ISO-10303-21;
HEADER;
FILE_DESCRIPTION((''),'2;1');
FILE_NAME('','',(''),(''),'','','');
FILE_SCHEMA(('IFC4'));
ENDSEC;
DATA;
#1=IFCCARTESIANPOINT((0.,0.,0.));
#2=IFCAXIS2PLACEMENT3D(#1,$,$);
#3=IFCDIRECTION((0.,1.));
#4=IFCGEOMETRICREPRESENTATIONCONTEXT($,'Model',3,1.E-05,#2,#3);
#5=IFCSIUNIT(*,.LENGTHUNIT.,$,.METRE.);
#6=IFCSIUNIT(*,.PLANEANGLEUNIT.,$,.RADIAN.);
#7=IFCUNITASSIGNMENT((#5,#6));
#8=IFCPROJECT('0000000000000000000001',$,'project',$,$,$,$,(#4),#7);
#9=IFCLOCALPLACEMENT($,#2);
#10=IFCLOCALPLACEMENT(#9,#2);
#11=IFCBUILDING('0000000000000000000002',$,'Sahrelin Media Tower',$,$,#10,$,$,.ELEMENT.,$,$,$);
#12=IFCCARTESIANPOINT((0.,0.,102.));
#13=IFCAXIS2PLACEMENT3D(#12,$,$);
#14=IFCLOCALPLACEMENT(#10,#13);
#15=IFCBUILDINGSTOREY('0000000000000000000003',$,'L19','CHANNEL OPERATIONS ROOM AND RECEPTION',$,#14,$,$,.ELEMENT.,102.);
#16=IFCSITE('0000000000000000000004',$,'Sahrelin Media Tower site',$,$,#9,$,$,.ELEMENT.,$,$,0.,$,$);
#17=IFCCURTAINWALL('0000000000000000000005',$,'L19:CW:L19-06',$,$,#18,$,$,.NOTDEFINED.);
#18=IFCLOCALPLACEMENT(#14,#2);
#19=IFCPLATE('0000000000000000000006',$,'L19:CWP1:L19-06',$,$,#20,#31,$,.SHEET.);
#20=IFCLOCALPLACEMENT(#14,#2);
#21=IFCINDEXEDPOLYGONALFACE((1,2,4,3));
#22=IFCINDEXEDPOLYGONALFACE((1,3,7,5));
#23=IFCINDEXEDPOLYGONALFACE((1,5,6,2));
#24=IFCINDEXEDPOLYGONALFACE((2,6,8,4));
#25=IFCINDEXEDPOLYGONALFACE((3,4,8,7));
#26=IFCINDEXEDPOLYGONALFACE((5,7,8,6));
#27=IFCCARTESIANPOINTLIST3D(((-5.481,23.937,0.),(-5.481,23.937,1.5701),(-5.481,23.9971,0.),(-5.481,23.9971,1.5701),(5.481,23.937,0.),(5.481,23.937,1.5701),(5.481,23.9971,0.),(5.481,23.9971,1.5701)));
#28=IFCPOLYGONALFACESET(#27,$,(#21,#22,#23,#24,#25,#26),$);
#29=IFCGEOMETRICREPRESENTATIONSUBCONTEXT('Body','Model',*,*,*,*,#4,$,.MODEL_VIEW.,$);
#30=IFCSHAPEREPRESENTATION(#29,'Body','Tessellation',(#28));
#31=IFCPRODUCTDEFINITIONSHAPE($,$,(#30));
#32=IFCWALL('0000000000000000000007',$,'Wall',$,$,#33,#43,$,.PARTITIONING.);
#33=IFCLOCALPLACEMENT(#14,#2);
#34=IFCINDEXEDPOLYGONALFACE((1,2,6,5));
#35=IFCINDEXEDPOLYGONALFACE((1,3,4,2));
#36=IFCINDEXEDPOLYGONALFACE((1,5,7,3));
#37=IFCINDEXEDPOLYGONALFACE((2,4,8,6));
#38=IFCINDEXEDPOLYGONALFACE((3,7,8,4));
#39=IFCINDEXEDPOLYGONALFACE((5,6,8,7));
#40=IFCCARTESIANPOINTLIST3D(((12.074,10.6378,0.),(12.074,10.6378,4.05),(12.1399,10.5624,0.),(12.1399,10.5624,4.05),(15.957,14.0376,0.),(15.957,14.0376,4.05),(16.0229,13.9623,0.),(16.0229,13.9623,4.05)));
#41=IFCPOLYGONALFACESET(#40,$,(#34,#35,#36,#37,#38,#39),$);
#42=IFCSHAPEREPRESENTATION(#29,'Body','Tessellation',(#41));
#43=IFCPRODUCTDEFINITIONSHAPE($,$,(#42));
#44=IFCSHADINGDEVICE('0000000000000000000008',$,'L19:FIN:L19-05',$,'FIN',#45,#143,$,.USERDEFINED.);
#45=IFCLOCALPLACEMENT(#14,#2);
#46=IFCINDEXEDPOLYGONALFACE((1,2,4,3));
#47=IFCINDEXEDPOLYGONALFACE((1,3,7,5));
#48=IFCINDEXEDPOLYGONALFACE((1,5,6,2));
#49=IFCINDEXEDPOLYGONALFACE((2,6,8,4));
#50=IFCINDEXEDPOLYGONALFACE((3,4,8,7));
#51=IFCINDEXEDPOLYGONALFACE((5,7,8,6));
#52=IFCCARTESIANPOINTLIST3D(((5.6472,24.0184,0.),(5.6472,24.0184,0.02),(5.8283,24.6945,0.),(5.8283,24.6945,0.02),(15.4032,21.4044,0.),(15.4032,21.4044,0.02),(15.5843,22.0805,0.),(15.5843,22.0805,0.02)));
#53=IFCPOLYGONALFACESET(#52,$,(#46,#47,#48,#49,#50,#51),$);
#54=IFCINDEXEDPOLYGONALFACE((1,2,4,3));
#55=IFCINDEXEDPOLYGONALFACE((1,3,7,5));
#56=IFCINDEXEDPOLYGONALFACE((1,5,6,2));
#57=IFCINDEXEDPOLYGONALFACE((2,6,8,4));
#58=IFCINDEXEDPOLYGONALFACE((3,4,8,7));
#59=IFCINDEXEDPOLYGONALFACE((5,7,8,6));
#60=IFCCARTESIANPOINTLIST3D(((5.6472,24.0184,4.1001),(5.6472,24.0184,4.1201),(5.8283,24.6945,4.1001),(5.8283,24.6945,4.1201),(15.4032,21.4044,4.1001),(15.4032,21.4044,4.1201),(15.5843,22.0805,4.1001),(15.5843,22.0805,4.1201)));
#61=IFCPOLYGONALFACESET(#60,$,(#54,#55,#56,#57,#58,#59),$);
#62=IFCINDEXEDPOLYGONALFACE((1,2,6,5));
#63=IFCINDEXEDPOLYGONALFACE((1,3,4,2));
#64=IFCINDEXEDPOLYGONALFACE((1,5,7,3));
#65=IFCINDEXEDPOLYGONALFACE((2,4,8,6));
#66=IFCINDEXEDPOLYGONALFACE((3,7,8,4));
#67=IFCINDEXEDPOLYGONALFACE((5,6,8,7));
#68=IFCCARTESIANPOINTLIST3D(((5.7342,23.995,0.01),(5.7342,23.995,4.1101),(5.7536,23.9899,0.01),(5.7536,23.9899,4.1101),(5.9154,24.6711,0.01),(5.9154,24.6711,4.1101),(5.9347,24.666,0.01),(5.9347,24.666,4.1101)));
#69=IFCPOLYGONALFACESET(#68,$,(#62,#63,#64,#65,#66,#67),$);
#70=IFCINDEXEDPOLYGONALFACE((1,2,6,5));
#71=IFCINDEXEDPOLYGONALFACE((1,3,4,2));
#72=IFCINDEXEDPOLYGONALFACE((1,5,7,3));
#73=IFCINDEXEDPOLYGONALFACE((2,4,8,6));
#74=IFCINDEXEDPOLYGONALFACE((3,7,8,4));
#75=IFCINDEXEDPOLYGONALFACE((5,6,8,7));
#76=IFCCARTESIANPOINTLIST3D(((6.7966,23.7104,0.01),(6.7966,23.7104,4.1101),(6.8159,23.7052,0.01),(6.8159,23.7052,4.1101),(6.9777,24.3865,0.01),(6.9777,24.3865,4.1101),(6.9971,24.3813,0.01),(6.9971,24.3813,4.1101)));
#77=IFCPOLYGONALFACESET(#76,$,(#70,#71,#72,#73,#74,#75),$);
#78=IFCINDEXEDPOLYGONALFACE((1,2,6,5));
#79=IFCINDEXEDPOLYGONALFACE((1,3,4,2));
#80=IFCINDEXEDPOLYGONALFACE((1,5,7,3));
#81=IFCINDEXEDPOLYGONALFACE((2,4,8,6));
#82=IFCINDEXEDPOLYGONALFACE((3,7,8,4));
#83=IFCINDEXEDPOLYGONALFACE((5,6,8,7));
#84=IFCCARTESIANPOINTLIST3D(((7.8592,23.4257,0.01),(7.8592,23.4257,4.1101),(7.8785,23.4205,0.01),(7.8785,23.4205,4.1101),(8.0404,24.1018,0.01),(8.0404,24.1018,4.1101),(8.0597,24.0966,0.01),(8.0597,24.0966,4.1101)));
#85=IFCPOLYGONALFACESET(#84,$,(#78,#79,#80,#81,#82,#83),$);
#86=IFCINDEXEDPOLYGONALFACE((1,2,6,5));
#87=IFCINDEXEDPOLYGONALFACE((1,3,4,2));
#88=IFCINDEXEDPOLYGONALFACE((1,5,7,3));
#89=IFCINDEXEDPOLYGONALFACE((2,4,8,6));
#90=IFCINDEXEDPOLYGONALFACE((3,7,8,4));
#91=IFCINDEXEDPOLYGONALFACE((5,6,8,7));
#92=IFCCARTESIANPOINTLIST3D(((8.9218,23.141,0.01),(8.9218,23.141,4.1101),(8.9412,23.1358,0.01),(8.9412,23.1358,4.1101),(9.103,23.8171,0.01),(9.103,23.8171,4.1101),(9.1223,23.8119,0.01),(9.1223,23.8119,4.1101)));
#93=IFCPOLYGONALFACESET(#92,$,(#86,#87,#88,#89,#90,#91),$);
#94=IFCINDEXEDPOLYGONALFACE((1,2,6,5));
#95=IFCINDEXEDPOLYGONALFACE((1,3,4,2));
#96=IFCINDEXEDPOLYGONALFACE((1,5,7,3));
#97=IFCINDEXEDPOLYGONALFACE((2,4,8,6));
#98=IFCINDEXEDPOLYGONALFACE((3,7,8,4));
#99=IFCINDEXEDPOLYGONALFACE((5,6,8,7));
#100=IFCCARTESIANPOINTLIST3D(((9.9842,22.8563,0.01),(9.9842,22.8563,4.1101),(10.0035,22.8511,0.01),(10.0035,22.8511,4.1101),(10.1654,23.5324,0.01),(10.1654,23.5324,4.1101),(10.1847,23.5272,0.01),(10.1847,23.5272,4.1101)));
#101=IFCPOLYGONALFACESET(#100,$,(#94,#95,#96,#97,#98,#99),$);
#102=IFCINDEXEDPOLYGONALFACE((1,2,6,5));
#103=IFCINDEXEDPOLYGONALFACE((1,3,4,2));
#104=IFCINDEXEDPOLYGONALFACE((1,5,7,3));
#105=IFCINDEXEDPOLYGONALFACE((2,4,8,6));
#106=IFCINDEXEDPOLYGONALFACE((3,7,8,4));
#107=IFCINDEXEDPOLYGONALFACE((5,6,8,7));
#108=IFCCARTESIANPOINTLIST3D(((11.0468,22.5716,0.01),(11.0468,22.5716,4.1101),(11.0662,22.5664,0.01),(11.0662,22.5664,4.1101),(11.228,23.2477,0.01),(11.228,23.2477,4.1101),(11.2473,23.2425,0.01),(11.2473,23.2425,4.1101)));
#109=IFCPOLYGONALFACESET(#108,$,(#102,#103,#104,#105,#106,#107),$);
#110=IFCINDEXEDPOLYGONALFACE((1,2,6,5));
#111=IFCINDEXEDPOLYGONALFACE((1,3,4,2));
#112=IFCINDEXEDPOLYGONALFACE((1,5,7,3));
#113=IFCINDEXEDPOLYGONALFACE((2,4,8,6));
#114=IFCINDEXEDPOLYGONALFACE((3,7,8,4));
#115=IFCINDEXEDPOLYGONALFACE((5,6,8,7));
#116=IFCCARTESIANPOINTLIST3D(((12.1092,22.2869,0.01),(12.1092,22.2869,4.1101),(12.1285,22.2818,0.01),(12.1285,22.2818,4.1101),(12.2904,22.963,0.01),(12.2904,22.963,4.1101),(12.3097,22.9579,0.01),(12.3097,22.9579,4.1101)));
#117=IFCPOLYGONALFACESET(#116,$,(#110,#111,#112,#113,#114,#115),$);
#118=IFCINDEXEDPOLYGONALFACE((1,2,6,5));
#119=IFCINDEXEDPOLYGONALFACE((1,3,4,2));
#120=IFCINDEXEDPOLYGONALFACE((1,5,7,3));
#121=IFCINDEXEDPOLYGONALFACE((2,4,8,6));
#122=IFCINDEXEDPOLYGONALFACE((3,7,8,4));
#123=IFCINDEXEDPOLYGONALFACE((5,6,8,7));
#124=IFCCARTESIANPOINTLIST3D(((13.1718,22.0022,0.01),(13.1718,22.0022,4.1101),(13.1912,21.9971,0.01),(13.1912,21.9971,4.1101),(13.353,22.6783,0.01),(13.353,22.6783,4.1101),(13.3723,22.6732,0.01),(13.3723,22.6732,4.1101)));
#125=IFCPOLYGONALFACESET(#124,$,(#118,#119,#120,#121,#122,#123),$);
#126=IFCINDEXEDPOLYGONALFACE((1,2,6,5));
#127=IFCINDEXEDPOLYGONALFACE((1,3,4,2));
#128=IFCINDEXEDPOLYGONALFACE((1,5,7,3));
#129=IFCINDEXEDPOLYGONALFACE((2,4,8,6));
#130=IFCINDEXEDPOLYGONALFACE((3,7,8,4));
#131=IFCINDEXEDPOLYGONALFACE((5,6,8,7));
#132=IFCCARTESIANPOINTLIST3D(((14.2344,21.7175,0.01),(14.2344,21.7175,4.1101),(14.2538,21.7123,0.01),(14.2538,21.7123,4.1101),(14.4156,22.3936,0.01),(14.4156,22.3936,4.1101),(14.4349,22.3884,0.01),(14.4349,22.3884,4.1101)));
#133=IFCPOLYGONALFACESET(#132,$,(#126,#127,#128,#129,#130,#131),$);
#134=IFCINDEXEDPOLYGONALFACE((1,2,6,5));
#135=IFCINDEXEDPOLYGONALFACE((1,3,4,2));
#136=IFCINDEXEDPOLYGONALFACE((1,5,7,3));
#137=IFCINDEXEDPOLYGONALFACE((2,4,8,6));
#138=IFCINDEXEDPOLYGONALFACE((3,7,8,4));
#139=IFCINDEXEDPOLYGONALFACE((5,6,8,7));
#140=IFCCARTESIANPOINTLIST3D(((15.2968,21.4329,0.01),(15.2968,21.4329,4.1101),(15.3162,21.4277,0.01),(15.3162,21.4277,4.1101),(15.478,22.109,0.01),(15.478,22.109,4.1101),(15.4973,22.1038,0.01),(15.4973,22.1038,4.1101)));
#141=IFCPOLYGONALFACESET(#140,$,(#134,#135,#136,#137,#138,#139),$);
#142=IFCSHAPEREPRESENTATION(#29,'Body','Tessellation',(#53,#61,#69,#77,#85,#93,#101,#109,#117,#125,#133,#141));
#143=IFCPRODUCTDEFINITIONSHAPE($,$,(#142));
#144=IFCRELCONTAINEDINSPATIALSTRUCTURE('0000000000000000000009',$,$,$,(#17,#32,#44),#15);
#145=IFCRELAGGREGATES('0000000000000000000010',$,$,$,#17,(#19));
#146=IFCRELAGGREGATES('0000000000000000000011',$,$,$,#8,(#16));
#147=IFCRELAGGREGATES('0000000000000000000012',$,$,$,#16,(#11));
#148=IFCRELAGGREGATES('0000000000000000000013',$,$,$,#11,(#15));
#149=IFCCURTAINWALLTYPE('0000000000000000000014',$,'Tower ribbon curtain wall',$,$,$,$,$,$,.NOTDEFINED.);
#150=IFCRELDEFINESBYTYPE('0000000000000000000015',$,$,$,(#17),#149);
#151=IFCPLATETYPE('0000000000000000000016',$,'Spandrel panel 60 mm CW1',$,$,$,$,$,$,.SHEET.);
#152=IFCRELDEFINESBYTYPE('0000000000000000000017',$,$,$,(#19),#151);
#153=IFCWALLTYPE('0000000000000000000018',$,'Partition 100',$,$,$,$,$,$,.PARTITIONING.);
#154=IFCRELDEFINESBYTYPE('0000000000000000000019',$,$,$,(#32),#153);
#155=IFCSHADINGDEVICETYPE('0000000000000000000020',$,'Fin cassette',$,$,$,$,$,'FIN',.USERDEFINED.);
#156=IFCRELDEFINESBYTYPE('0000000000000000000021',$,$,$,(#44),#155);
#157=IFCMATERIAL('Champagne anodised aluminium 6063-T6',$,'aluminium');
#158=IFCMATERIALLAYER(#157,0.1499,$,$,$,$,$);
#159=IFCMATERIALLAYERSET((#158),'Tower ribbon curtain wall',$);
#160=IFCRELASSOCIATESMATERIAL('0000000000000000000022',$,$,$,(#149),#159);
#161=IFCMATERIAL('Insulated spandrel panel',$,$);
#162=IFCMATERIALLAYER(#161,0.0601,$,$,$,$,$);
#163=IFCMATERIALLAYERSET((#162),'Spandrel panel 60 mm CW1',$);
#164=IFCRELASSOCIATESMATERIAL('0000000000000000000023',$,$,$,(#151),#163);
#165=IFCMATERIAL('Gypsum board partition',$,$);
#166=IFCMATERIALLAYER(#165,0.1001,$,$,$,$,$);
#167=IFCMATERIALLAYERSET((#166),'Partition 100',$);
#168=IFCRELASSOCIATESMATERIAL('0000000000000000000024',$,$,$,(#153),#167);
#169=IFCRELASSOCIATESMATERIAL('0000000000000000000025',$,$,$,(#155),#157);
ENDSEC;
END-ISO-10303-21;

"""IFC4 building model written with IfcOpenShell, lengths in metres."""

from ifc_helpers import new_model, si_unit, direction, frame, frame_2d, origin, origin_2d, place, context, subcontext, project, spatial, polyline, rectangle, outline, extrude, material, layer, layer_set, type_object, element, aggregate, save


model = new_model("IFC4")

# Units and contexts
model_context = context("Model", 3, precision=1e-05, world=origin(), true_north=direction((0.0, 1.0)))
body_context = subcontext(model_context, "Body", "Model", "MODEL_VIEW")
ifc_project = project(units=[si_unit("LENGTHUNIT", "METRE"), si_unit("PLANEANGLEUNIT", "RADIAN")], contexts=[model_context])

# Site, building, storey
site_placement = place(None, origin())
site = spatial("IfcSite", under=ifc_project, at=site_placement, Name="Sahrelin Media Tower site", CompositionType="ELEMENT", RefElevation=0.0)
building_placement = place(site_placement, origin())
building = spatial("IfcBuilding", under=site, at=building_placement, Name="Sahrelin Media Tower", CompositionType="ELEMENT")
storey_placement = place(building_placement, frame((0.0, 0.0, 102.0)))
storey = spatial("IfcBuildingStorey", under=building, at=storey_placement, Name="L19", Description="CHANNEL OPERATIONS ROOM AND RECEPTION", CompositionType="ELEMENT", Elevation=102.0)

# Shared definitions
ifc_material_1 = material(Name="Champagne anodised aluminium 6063-T6", Category="aluminium")
ifc_layer_1 = layer(ifc_material_1, 0.1499)
ifc_layer_set_1 = layer_set([ifc_layer_1], Name="Tower ribbon curtain wall")
curtain_wall_type = type_object("IfcCurtainWallType", Name="Tower ribbon curtain wall", PredefinedType="NOTDEFINED", material=ifc_layer_set_1)

# Curtain wall, plate
curtain_wall_1_placement = place(storey_placement, frame((0.0, 23.9771, 0.0), z_axis=(0.0, 0.0, 1.0), x_axis=(1.0, 0.0, 0.0)))
curtain_wall_1 = element("IfcCurtainWall", 1, at=curtain_wall_1_placement, inside=storey, type_object=curtain_wall_type, Name="L19:CW:L19-06", PredefinedType="NOTDEFINED")
ifc_material_2 = material(Name="Insulated spandrel panel")
ifc_layer_2 = layer(ifc_material_2, 0.0601)
ifc_layer_set_2 = layer_set([ifc_layer_2], Name="Spandrel panel 60 mm CW1")
plate_type_1 = type_object("IfcPlateType", Name="Spandrel panel 60 mm CW1", PredefinedType="SHEET", material=ifc_layer_set_2)
plate_1_placement = place(storey_placement, frame((5.481, 23.9971, 0.0), z_axis=(0.0, 1.0, 0.0), x_axis=(-1.0, 0.0, 0.0)))
plate_1 = element("IfcPlate", 2, at=plate_1_placement, type_object=plate_type_1, Name="L19:CWP1:L19-06", PredefinedType="SHEET", context=body_context, shape_type="SweptSolid", body=[
    extrude(outline(polyline([(0.0, 0.0), (10.9619, 0.0), (10.9619, 1.5701), (0.0, 1.5701), (0.0, 0.0)])), origin(), (0.0, 0.0, -1.0), 0.0601),
])
aggregate(curtain_wall_1, [plate_1])

# Wall
ifc_material_3 = material(Name="Gypsum board partition")
ifc_layer_3 = layer(ifc_material_3, 0.1001)
ifc_layer_set_3 = layer_set([ifc_layer_3], Name="Partition 100")
wall_type = type_object("IfcWallType", Name="Partition 100", PredefinedType="PARTITIONING", material=ifc_layer_set_3)
wall_placement = place(storey_placement, frame((12.1069, 10.6001, 0.0), z_axis=(0.0, 0.0, 1.0), x_axis=(0.752363, 0.658749, 0.0)))
element("IfcWall", 3, at=wall_placement, inside=storey, type_object=wall_type, Name="Wall", PredefinedType="PARTITIONING", context=body_context, shape_type="SweptSolid", body=[
    extrude(rectangle(XDim=5.1611, YDim=0.1001, at=frame_2d((2.5806, 0.0))), origin(), (0.0, 0.0, 1.0), 4.05),
])

# Shading device
shading_device_type_1 = type_object("IfcShadingDeviceType", Name="Fin cassette", ElementType="FIN", PredefinedType="USERDEFINED", material=ifc_material_1)
placement = place(storey_placement, frame((10.5071, 22.6438, 0.0), z_axis=(0.0, 0.0, 1.0), x_axis=(0.965929, -0.258808, 0.0)))
element("IfcShadingDevice", 4, at=placement, inside=storey, type_object=shading_device_type_1, Name="L19:FIN:L19-05", ObjectType="FIN", PredefinedType="USERDEFINED", context=body_context, shape_type="SweptSolid", body=[
    extrude(rectangle(XDim=10.1001, YDim=0.7, at=origin_2d()), frame((0.0, 0.4199, 0.0)), (0.0, 0.0, 1.0), 0.02),
    extrude(rectangle(XDim=10.1001, YDim=0.7, at=origin_2d()), frame((0.0, 0.4199, 4.1001)), (0.0, 0.0, 1.0), 0.02),
    extrude(rectangle(XDim=0.02, YDim=0.7, at=origin_2d()), frame((-4.95, 0.4199, 0.01), z_axis=(0.0, 0.0, 1.0), x_axis=(1.0, 0.0, 0.0)), (0.0, 0.0, 1.0), 4.1001),
    extrude(rectangle(XDim=0.02, YDim=0.7, at=origin_2d()), frame((-3.8501, 0.4199, 0.01), z_axis=(0.0, 0.0, 1.0), x_axis=(1.0, 0.0, 0.0)), (0.0, 0.0, 1.0), 4.1001),
    extrude(rectangle(XDim=0.02, YDim=0.7, at=origin_2d()), frame((-2.75, 0.4199, 0.01), z_axis=(0.0, 0.0, 1.0), x_axis=(1.0, 0.0, 0.0)), (0.0, 0.0, 1.0), 4.1001),
    extrude(rectangle(XDim=0.02, YDim=0.7, at=origin_2d()), frame((-1.6499, 0.4199, 0.01), z_axis=(0.0, 0.0, 1.0), x_axis=(1.0, 0.0, 0.0)), (0.0, 0.0, 1.0), 4.1001),
    extrude(rectangle(XDim=0.02, YDim=0.7, at=origin_2d()), frame((-0.55, 0.4199, 0.01), z_axis=(0.0, 0.0, 1.0), x_axis=(1.0, 0.0, 0.0)), (0.0, 0.0, 1.0), 4.1001),
    extrude(rectangle(XDim=0.02, YDim=0.7, at=origin_2d()), frame((0.55, 0.4199, 0.01), z_axis=(0.0, 0.0, 1.0), x_axis=(1.0, 0.0, 0.0)), (0.0, 0.0, 1.0), 4.1001),
    extrude(rectangle(XDim=0.02, YDim=0.7, at=origin_2d()), frame((1.6499, 0.4199, 0.01), z_axis=(0.0, 0.0, 1.0), x_axis=(1.0, 0.0, 0.0)), (0.0, 0.0, 1.0), 4.1001),
    extrude(rectangle(XDim=0.02, YDim=0.7, at=origin_2d()), frame((2.75, 0.4199, 0.01), z_axis=(0.0, 0.0, 1.0), x_axis=(1.0, 0.0, 0.0)), (0.0, 0.0, 1.0), 4.1001),
    extrude(rectangle(XDim=0.02, YDim=0.7, at=origin_2d()), frame((3.8501, 0.4199, 0.01), z_axis=(0.0, 0.0, 1.0), x_axis=(1.0, 0.0, 0.0)), (0.0, 0.0, 1.0), 4.1001),
    extrude(rectangle(XDim=0.02, YDim=0.7, at=origin_2d()), frame((4.95, 0.4199, 0.01), z_axis=(0.0, 0.0, 1.0), x_axis=(1.0, 0.0, 0.0)), (0.0, 0.0, 1.0), 4.1001),
])

save(model, "model.ifc")
